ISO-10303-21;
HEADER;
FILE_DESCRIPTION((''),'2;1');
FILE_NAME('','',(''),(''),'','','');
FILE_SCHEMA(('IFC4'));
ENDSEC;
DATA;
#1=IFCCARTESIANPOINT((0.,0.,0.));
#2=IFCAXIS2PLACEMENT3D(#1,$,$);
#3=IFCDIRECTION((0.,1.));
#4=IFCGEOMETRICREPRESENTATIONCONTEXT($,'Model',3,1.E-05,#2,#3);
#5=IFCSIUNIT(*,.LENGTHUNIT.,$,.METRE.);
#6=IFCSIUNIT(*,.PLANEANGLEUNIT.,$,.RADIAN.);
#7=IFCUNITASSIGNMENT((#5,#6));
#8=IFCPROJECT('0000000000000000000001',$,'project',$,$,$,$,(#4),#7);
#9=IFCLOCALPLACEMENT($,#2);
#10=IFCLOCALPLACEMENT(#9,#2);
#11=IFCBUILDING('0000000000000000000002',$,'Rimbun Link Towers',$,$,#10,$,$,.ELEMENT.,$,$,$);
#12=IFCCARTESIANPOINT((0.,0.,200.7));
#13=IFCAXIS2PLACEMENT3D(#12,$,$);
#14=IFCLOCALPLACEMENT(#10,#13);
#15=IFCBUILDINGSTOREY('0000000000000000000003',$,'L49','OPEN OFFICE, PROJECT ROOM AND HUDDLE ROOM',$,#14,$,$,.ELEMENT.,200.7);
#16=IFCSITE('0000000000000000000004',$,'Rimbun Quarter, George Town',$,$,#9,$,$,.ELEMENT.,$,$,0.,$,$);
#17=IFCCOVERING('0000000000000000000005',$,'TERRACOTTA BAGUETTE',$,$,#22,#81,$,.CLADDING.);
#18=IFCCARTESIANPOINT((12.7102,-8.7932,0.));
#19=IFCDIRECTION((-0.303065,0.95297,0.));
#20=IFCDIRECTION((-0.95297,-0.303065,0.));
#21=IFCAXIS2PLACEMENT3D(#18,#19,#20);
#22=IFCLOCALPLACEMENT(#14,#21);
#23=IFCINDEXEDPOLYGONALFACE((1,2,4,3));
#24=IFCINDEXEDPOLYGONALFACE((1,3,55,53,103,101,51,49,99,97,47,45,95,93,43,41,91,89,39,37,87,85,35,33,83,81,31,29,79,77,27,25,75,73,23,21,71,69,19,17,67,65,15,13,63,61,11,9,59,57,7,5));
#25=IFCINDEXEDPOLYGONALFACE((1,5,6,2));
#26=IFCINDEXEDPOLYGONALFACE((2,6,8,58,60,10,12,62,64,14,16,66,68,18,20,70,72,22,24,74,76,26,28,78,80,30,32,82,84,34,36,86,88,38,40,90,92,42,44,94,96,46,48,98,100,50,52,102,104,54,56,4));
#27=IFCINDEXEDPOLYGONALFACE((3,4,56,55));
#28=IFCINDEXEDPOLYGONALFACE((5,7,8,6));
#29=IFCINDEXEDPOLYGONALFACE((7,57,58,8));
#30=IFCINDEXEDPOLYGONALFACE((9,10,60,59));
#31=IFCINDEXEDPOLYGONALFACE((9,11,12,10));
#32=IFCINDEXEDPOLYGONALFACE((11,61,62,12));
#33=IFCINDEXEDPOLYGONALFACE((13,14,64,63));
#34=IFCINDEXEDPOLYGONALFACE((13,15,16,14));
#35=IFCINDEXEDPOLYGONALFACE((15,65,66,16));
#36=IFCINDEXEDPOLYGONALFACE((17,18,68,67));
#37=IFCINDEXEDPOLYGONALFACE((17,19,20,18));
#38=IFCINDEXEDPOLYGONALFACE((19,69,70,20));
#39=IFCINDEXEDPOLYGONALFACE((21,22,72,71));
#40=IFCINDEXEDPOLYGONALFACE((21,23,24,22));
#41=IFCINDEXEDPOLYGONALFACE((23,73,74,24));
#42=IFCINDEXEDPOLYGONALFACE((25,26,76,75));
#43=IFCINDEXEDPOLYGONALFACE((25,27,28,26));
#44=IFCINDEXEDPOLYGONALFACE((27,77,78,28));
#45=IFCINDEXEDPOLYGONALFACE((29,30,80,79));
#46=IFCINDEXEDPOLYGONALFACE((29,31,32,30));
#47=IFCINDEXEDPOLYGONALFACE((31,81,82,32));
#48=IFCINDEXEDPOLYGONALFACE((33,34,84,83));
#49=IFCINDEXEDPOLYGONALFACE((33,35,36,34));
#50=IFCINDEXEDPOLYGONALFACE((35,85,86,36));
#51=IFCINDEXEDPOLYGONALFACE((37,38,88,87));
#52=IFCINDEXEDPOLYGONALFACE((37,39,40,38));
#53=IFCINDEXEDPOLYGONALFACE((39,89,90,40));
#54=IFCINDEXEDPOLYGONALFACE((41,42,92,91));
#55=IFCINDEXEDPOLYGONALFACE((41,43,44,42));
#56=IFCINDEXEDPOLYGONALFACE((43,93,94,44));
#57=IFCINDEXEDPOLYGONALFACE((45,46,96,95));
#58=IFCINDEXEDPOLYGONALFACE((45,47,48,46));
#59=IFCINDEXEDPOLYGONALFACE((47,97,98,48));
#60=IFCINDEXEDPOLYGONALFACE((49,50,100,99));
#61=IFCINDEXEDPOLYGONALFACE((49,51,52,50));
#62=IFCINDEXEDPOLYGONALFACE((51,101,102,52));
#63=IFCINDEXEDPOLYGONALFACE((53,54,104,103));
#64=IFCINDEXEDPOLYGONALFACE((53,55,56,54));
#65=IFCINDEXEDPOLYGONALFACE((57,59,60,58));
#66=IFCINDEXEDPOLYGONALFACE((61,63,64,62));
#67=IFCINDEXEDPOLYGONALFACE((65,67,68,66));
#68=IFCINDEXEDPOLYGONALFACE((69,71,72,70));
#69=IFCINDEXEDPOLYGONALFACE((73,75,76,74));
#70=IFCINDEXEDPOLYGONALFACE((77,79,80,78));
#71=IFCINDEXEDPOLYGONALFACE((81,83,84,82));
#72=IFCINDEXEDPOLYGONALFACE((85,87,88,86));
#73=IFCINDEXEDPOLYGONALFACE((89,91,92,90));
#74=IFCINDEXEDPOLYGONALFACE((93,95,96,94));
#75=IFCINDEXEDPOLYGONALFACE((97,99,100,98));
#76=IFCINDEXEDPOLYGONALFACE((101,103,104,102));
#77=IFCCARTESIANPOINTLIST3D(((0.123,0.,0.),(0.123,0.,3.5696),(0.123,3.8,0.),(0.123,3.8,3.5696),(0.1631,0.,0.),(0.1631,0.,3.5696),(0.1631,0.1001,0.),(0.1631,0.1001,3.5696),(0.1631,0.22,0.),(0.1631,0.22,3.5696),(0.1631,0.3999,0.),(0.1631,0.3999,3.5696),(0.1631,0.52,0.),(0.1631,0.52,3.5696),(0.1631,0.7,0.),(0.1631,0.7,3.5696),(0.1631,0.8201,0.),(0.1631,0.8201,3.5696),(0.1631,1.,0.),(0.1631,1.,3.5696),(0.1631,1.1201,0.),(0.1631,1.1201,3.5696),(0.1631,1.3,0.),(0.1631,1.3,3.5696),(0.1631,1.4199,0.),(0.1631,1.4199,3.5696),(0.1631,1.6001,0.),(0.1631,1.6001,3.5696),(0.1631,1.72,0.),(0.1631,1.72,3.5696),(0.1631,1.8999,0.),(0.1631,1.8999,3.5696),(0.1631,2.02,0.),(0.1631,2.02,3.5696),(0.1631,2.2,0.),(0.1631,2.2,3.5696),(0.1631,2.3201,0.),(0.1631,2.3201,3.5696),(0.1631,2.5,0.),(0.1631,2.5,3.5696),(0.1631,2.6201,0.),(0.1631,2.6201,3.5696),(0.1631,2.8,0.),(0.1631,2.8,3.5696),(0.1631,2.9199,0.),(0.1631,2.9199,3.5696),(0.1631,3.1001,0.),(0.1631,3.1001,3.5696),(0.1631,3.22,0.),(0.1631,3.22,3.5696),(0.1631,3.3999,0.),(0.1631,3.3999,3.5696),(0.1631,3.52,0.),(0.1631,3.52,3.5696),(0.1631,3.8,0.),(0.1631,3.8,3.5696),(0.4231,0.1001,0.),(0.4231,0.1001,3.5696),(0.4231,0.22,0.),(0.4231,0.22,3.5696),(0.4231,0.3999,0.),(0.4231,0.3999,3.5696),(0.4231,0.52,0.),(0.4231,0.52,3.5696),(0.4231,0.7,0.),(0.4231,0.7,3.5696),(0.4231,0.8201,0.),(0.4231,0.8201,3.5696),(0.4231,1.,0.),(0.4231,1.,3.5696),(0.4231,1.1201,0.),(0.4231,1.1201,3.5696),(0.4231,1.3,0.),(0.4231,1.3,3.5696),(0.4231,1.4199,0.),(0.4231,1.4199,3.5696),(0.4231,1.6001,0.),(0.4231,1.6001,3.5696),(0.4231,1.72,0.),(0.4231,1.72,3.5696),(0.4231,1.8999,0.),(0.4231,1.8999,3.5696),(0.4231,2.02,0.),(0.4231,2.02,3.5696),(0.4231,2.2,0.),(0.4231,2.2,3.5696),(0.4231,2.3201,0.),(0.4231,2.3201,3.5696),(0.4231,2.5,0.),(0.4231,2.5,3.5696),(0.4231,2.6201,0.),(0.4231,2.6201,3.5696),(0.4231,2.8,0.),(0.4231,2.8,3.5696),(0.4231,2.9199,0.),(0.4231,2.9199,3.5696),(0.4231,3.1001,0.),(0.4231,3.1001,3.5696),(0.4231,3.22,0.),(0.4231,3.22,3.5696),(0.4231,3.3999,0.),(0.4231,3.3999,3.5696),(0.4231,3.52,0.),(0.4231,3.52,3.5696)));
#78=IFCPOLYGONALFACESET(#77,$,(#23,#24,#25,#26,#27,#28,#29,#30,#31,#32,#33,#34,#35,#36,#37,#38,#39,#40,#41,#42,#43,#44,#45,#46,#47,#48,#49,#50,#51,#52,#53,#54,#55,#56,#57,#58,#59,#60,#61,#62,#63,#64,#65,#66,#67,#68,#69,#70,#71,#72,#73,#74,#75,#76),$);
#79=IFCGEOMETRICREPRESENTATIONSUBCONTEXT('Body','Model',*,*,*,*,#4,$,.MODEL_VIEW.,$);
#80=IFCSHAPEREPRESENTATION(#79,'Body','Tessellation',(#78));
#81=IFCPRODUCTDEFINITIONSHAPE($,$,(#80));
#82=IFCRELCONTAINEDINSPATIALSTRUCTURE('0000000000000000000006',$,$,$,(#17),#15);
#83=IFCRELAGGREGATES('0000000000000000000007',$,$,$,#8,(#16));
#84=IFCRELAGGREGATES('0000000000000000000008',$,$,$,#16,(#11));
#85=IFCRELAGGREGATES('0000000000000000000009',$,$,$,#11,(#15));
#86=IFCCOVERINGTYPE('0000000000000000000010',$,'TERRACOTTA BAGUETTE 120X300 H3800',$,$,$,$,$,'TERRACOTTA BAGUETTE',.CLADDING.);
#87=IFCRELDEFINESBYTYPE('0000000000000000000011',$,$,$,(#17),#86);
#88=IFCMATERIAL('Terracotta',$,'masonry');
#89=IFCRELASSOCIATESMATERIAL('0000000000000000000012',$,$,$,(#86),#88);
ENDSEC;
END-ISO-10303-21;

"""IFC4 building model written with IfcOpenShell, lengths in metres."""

from ifc_helpers import new_model, si_unit, direction, frame, origin, place, context, subcontext, project, spatial, polyline, outline, extrude, material, material_profile, profile_set, type_object, element, save


model = new_model("IFC4")

# Units and contexts
model_context = context("Model", 3, precision=1e-05, world=origin(), true_north=direction((0.0, 1.0)))
body_context = subcontext(model_context, "Body", "Model", "MODEL_VIEW")
ifc_project = project(units=[si_unit("LENGTHUNIT", "METRE"), si_unit("PLANEANGLEUNIT", "RADIAN")], contexts=[model_context])

# Site, building, storey
site_placement = place(None, origin())
site = spatial("IfcSite", under=ifc_project, at=site_placement, Name="Rimbun Quarter, George Town", CompositionType="ELEMENT", RefElevation=0.0)
building_placement = place(site_placement, origin())
building = spatial("IfcBuilding", under=site, at=building_placement, Name="Rimbun Link Towers", CompositionType="ELEMENT")
storey_placement = place(building_placement, frame((0.0, 0.0, 200.7)))
storey = spatial("IfcBuildingStorey", under=building, at=storey_placement, Name="L49", Description="OPEN OFFICE, PROJECT ROOM AND HUDDLE ROOM", CompositionType="ELEMENT", Elevation=200.7)

# Covering
ifc_material_1 = material(Name="Terracotta", Category="masonry")
ifc_material_profile_1 = material_profile(ifc_material_1, outline(polyline([(0.123, 0.0), (0.1631, 0.0), (0.1631, 0.1001), (0.4231, 0.1001), (0.4231, 0.22), (0.1631, 0.22), (0.1631, 0.3999), (0.4231, 0.3999), (0.4231, 0.52), (0.1631, 0.52), (0.1631, 0.7), (0.4231, 0.7), (0.4231, 0.8201), (0.1631, 0.8201), (0.1631, 1.0), (0.4231, 1.0), (0.4231, 1.1201), (0.1631, 1.1201), (0.1631, 1.3), (0.4231, 1.3), (0.4231, 1.4199), (0.1631, 1.4199), (0.1631, 1.6001), (0.4231, 1.6001), (0.4231, 1.72), (0.1631, 1.72), (0.1631, 1.8999), (0.4231, 1.8999), (0.4231, 2.02), (0.1631, 2.02), (0.1631, 2.2), (0.4231, 2.2), (0.4231, 2.3201), (0.1631, 2.3201), (0.1631, 2.5), (0.4231, 2.5), (0.4231, 2.6201), (0.1631, 2.6201), (0.1631, 2.8), (0.4231, 2.8), (0.4231, 2.9199), (0.1631, 2.9199), (0.1631, 3.1001), (0.4231, 3.1001), (0.4231, 3.22), (0.1631, 3.22), (0.1631, 3.3999), (0.4231, 3.3999), (0.4231, 3.52), (0.1631, 3.52), (0.1631, 3.8), (0.123, 3.8), (0.123, 0.0)])), Name="BAGUETTE 120X300")
ifc_profile_set_1 = profile_set([ifc_material_profile_1], Name="Terracotta")
covering_type_1 = type_object("IfcCoveringType", Name="TERRACOTTA BAGUETTE 120X300 H3800", ElementType="TERRACOTTA BAGUETTE", PredefinedType="CLADDING", material=ifc_profile_set_1)
covering_1_placement = place(storey_placement, frame((12.7102, -8.7932, 0.0), z_axis=(-0.303065, 0.95297, 0.0), x_axis=(-0.95297, -0.303065, 0.0)))
element("IfcCovering", 1, at=covering_1_placement, inside=storey, type_object=covering_type_1, Name="TERRACOTTA BAGUETTE", PredefinedType="CLADDING", context=body_context, shape_type="SweptSolid", body=[
    extrude(outline(polyline([(0.123, 0.0), (0.1631, 0.0), (0.1631, 0.1001), (0.4231, 0.1001), (0.4231, 0.22), (0.1631, 0.22), (0.1631, 0.3999), (0.4231, 0.3999), (0.4231, 0.52), (0.1631, 0.52), (0.1631, 0.7), (0.4231, 0.7), (0.4231, 0.8201), (0.1631, 0.8201), (0.1631, 1.0), (0.4231, 1.0), (0.4231, 1.1201), (0.1631, 1.1201), (0.1631, 1.3), (0.4231, 1.3), (0.4231, 1.4199), (0.1631, 1.4199), (0.1631, 1.6001), (0.4231, 1.6001), (0.4231, 1.72), (0.1631, 1.72), (0.1631, 1.8999), (0.4231, 1.8999), (0.4231, 2.02), (0.1631, 2.02), (0.1631, 2.2), (0.4231, 2.2), (0.4231, 2.3201), (0.1631, 2.3201), (0.1631, 2.5), (0.4231, 2.5), (0.4231, 2.6201), (0.1631, 2.6201), (0.1631, 2.8), (0.4231, 2.8), (0.4231, 2.9199), (0.1631, 2.9199), (0.1631, 3.1001), (0.4231, 3.1001), (0.4231, 3.22), (0.1631, 3.22), (0.1631, 3.3999), (0.4231, 3.3999), (0.4231, 3.52), (0.1631, 3.52), (0.1631, 3.8), (0.123, 3.8), (0.123, 0.0)])), origin(), (0.0, 0.0, 1.0), 3.5696),
])

save(model, "model.ifc")
